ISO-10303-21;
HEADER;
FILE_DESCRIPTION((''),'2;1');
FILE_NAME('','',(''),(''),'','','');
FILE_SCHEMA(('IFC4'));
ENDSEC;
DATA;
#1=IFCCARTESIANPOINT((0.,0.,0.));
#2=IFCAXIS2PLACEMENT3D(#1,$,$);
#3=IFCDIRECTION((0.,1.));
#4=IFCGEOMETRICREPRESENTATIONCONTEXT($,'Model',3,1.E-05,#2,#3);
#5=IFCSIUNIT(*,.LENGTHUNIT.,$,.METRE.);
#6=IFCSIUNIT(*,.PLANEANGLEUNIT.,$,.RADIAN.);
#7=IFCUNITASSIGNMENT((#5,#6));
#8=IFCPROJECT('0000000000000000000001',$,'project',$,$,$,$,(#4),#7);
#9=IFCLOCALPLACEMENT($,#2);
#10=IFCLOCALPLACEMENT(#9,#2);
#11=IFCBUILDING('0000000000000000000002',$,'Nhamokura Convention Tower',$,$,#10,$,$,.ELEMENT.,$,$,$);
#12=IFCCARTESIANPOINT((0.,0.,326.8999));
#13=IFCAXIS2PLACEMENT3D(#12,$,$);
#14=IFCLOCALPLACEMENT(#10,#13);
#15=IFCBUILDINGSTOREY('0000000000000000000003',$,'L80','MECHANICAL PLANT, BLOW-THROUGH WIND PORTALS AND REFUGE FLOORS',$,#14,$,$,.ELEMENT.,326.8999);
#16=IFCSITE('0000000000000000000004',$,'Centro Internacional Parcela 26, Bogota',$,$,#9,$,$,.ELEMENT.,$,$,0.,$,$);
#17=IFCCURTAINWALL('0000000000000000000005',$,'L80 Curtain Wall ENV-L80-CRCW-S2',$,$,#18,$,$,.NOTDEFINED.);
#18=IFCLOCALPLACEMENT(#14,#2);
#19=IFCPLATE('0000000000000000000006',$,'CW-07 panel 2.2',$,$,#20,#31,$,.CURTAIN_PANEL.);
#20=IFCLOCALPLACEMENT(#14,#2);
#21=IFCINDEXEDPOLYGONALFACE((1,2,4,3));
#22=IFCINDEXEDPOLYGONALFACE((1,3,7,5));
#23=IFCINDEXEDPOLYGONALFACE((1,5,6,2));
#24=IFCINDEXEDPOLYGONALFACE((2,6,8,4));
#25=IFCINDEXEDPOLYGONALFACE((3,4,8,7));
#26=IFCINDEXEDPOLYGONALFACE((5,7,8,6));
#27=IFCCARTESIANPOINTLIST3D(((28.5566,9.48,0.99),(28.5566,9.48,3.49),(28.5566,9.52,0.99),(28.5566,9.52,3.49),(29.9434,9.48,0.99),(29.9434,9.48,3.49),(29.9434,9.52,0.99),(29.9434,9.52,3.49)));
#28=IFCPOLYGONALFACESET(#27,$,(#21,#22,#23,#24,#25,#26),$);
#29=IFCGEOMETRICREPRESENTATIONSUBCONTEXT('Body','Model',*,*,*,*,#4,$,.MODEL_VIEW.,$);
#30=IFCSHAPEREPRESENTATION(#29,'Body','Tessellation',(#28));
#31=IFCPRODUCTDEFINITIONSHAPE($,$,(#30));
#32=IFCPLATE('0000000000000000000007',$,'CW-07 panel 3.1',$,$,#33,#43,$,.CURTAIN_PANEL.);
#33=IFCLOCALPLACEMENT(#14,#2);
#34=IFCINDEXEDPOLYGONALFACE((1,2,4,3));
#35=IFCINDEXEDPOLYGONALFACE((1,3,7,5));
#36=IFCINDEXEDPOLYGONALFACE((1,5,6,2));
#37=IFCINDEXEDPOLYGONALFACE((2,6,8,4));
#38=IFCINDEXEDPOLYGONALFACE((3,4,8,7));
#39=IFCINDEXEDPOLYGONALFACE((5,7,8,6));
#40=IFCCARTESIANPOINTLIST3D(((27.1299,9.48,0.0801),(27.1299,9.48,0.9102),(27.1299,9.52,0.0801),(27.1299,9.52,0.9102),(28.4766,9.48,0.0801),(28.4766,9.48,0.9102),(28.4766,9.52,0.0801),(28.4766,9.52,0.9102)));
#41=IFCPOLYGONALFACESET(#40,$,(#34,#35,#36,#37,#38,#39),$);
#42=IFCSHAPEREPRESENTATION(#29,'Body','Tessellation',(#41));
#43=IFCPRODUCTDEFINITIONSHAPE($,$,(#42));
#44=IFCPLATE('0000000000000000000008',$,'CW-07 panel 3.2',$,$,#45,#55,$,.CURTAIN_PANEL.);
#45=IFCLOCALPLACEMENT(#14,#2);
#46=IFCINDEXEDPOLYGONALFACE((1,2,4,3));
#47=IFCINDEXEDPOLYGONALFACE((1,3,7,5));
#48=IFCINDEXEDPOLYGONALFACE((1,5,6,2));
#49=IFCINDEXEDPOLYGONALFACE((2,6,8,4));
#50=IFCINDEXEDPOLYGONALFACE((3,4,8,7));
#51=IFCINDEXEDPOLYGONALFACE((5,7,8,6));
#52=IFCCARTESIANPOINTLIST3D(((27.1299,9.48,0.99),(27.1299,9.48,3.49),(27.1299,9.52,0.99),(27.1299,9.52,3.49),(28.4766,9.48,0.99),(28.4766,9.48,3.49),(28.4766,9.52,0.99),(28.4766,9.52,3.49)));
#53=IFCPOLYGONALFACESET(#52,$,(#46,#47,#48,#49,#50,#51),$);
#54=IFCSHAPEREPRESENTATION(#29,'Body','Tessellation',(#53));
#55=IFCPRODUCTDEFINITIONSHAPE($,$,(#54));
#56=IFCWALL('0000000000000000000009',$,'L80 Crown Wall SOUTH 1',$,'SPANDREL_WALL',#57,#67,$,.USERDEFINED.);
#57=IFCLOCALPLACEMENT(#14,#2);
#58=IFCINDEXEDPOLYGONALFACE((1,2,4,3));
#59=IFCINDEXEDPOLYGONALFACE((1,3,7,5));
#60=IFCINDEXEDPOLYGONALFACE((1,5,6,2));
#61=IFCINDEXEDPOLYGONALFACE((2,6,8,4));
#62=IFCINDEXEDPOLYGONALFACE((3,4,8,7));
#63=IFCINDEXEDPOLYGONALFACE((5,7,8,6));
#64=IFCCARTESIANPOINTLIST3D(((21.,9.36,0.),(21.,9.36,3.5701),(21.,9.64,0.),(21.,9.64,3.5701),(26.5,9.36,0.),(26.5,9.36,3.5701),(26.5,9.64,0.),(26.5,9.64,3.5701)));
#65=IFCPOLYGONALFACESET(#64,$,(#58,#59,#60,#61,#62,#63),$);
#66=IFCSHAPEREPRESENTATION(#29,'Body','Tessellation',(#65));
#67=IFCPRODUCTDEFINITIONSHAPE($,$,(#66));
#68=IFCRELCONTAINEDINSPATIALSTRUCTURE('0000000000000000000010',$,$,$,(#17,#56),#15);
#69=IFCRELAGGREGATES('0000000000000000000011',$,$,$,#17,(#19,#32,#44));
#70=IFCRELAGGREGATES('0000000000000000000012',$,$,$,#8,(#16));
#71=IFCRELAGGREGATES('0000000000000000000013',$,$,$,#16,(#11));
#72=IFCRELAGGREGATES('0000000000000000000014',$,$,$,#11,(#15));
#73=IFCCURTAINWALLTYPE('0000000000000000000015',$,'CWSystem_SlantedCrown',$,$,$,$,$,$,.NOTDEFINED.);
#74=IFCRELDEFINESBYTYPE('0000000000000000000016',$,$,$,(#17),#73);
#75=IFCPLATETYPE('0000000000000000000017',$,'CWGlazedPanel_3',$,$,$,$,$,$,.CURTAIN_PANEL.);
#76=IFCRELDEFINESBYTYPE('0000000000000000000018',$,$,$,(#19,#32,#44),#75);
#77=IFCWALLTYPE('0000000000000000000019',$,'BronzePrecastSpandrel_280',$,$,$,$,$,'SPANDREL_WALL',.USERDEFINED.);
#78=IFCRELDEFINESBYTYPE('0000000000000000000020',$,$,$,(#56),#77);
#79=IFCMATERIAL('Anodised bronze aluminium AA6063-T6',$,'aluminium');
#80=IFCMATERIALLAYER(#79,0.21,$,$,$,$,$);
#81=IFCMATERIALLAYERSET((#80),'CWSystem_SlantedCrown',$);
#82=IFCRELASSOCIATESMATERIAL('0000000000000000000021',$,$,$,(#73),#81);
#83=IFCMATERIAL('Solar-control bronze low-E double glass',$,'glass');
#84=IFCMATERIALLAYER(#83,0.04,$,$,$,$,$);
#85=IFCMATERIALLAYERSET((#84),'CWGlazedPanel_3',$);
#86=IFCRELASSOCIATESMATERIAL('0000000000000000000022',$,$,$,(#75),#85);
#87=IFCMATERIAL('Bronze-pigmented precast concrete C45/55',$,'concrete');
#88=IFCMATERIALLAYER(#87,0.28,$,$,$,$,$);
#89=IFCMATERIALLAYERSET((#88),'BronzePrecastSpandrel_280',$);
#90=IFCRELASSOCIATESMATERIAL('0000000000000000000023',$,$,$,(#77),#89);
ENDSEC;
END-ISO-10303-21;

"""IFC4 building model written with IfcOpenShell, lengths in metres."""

from ifc_helpers import new_model, si_unit, direction, frame, frame_2d, origin, origin_2d, place, context, subcontext, project, spatial, rectangle, extrude, material, layer, layer_set, type_object, element, aggregate, save


model = new_model("IFC4")

# Units and contexts
model_context = context("Model", 3, precision=1e-05, world=origin(), true_north=direction((0.0, 1.0)))
body_context = subcontext(model_context, "Body", "Model", "MODEL_VIEW")
ifc_project = project(units=[si_unit("LENGTHUNIT", "METRE"), si_unit("PLANEANGLEUNIT", "RADIAN")], contexts=[model_context])

# Site, building, storey
site_placement = place(None, origin())
site = spatial("IfcSite", under=ifc_project, at=site_placement, Name="Centro Internacional Parcela 26, Bogota", CompositionType="ELEMENT", RefElevation=0.0)
building_placement = place(site_placement, origin())
building = spatial("IfcBuilding", under=site, at=building_placement, Name="Nhamokura Convention Tower", CompositionType="ELEMENT")
storey_placement = place(building_placement, frame((0.0, 0.0, 326.8999)))
storey = spatial("IfcBuildingStorey", under=building, at=storey_placement, Name="L80", Description="MECHANICAL PLANT, BLOW-THROUGH WIND PORTALS AND REFUGE FLOORS", CompositionType="ELEMENT", Elevation=326.8999)

# Curtain wall, plates
ifc_material_1 = material(Name="Anodised bronze aluminium AA6063-T6", Category="aluminium")
ifc_layer_1 = layer(ifc_material_1, 0.21)
ifc_layer_set_1 = layer_set([ifc_layer_1], Name="CWSystem_SlantedCrown")
curtain_wall_type = type_object("IfcCurtainWallType", Name="CWSystem_SlantedCrown", PredefinedType="NOTDEFINED", material=ifc_layer_set_1)
curtain_wall_placement = place(storey_placement, origin())
curtain_wall = element("IfcCurtainWall", 1, at=curtain_wall_placement, inside=storey, type_object=curtain_wall_type, Name="L80 Curtain Wall ENV-L80-CRCW-S2", PredefinedType="NOTDEFINED")
ifc_material_2 = material(Name="Solar-control bronze low-E double glass", Category="glass")
ifc_layer_2 = layer(ifc_material_2, 0.04)
ifc_layer_set_2 = layer_set([ifc_layer_2], Name="CWGlazedPanel_3")
plate_type = type_object("IfcPlateType", Name="CWGlazedPanel_3", PredefinedType="CURTAIN_PANEL", material=ifc_layer_set_2)
plate_1_placement = place(storey_placement, frame((29.25, 9.5, 0.99), z_axis=(0.0, 0.0, 1.0), x_axis=(-1.0, 0.0, 0.0)))
plate_1 = element("IfcPlate", 2, at=plate_1_placement, type_object=plate_type, Name="CW-07 panel 2.2", PredefinedType="CURTAIN_PANEL", context=body_context, shape_type="SweptSolid", body=[
    extrude(rectangle(XDim=1.3867, YDim=0.04, at=origin_2d()), origin(), (0.0, 0.0, 1.0), 2.5),
])
plate_2_placement = place(storey_placement, frame((27.8032, 9.5, 0.0801), z_axis=(0.0, 0.0, 1.0), x_axis=(-1.0, 0.0, 0.0)))
plate_2 = element("IfcPlate", 3, at=plate_2_placement, type_object=plate_type, Name="CW-07 panel 3.1", PredefinedType="CURTAIN_PANEL", context=body_context, shape_type="SweptSolid", body=[
    extrude(rectangle(XDim=1.3467, YDim=0.04, at=origin_2d()), origin(), (0.0, 0.0, 1.0), 0.8301),
])
plate_3_placement = place(storey_placement, frame((27.8032, 9.5, 0.99), z_axis=(0.0, 0.0, 1.0), x_axis=(-1.0, 0.0, 0.0)))
plate_3 = element("IfcPlate", 4, at=plate_3_placement, type_object=plate_type, Name="CW-07 panel 3.2", PredefinedType="CURTAIN_PANEL", context=body_context, shape_type="SweptSolid", body=[
    extrude(rectangle(XDim=1.3467, YDim=0.04, at=origin_2d()), origin(), (0.0, 0.0, 1.0), 2.5),
])
aggregate(curtain_wall, [plate_1, plate_2, plate_3])

# Wall
ifc_material_3 = material(Name="Bronze-pigmented precast concrete C45/55", Category="concrete")
ifc_layer_3 = layer(ifc_material_3, 0.28)
ifc_layer_set_3 = layer_set([ifc_layer_3], Name="BronzePrecastSpandrel_280")
wall_type = type_object("IfcWallType", Name="BronzePrecastSpandrel_280", ElementType="SPANDREL_WALL", PredefinedType="USERDEFINED", material=ifc_layer_set_3)
wall_placement = place(storey_placement, frame((26.5, 9.5, 0.0), z_axis=(0.0, 0.0, 1.0), x_axis=(-1.0, 0.0, 0.0)))
element("IfcWall", 5, at=wall_placement, inside=storey, type_object=wall_type, Name="L80 Crown Wall SOUTH 1", ObjectType="SPANDREL_WALL", PredefinedType="USERDEFINED", context=body_context, shape_type="SweptSolid", body=[
    extrude(rectangle(XDim=5.5, YDim=0.28, at=frame_2d((2.75, 0.0))), origin(), (0.0, 0.0, 1.0), 3.5701),
])

save(model, "model.ifc")
